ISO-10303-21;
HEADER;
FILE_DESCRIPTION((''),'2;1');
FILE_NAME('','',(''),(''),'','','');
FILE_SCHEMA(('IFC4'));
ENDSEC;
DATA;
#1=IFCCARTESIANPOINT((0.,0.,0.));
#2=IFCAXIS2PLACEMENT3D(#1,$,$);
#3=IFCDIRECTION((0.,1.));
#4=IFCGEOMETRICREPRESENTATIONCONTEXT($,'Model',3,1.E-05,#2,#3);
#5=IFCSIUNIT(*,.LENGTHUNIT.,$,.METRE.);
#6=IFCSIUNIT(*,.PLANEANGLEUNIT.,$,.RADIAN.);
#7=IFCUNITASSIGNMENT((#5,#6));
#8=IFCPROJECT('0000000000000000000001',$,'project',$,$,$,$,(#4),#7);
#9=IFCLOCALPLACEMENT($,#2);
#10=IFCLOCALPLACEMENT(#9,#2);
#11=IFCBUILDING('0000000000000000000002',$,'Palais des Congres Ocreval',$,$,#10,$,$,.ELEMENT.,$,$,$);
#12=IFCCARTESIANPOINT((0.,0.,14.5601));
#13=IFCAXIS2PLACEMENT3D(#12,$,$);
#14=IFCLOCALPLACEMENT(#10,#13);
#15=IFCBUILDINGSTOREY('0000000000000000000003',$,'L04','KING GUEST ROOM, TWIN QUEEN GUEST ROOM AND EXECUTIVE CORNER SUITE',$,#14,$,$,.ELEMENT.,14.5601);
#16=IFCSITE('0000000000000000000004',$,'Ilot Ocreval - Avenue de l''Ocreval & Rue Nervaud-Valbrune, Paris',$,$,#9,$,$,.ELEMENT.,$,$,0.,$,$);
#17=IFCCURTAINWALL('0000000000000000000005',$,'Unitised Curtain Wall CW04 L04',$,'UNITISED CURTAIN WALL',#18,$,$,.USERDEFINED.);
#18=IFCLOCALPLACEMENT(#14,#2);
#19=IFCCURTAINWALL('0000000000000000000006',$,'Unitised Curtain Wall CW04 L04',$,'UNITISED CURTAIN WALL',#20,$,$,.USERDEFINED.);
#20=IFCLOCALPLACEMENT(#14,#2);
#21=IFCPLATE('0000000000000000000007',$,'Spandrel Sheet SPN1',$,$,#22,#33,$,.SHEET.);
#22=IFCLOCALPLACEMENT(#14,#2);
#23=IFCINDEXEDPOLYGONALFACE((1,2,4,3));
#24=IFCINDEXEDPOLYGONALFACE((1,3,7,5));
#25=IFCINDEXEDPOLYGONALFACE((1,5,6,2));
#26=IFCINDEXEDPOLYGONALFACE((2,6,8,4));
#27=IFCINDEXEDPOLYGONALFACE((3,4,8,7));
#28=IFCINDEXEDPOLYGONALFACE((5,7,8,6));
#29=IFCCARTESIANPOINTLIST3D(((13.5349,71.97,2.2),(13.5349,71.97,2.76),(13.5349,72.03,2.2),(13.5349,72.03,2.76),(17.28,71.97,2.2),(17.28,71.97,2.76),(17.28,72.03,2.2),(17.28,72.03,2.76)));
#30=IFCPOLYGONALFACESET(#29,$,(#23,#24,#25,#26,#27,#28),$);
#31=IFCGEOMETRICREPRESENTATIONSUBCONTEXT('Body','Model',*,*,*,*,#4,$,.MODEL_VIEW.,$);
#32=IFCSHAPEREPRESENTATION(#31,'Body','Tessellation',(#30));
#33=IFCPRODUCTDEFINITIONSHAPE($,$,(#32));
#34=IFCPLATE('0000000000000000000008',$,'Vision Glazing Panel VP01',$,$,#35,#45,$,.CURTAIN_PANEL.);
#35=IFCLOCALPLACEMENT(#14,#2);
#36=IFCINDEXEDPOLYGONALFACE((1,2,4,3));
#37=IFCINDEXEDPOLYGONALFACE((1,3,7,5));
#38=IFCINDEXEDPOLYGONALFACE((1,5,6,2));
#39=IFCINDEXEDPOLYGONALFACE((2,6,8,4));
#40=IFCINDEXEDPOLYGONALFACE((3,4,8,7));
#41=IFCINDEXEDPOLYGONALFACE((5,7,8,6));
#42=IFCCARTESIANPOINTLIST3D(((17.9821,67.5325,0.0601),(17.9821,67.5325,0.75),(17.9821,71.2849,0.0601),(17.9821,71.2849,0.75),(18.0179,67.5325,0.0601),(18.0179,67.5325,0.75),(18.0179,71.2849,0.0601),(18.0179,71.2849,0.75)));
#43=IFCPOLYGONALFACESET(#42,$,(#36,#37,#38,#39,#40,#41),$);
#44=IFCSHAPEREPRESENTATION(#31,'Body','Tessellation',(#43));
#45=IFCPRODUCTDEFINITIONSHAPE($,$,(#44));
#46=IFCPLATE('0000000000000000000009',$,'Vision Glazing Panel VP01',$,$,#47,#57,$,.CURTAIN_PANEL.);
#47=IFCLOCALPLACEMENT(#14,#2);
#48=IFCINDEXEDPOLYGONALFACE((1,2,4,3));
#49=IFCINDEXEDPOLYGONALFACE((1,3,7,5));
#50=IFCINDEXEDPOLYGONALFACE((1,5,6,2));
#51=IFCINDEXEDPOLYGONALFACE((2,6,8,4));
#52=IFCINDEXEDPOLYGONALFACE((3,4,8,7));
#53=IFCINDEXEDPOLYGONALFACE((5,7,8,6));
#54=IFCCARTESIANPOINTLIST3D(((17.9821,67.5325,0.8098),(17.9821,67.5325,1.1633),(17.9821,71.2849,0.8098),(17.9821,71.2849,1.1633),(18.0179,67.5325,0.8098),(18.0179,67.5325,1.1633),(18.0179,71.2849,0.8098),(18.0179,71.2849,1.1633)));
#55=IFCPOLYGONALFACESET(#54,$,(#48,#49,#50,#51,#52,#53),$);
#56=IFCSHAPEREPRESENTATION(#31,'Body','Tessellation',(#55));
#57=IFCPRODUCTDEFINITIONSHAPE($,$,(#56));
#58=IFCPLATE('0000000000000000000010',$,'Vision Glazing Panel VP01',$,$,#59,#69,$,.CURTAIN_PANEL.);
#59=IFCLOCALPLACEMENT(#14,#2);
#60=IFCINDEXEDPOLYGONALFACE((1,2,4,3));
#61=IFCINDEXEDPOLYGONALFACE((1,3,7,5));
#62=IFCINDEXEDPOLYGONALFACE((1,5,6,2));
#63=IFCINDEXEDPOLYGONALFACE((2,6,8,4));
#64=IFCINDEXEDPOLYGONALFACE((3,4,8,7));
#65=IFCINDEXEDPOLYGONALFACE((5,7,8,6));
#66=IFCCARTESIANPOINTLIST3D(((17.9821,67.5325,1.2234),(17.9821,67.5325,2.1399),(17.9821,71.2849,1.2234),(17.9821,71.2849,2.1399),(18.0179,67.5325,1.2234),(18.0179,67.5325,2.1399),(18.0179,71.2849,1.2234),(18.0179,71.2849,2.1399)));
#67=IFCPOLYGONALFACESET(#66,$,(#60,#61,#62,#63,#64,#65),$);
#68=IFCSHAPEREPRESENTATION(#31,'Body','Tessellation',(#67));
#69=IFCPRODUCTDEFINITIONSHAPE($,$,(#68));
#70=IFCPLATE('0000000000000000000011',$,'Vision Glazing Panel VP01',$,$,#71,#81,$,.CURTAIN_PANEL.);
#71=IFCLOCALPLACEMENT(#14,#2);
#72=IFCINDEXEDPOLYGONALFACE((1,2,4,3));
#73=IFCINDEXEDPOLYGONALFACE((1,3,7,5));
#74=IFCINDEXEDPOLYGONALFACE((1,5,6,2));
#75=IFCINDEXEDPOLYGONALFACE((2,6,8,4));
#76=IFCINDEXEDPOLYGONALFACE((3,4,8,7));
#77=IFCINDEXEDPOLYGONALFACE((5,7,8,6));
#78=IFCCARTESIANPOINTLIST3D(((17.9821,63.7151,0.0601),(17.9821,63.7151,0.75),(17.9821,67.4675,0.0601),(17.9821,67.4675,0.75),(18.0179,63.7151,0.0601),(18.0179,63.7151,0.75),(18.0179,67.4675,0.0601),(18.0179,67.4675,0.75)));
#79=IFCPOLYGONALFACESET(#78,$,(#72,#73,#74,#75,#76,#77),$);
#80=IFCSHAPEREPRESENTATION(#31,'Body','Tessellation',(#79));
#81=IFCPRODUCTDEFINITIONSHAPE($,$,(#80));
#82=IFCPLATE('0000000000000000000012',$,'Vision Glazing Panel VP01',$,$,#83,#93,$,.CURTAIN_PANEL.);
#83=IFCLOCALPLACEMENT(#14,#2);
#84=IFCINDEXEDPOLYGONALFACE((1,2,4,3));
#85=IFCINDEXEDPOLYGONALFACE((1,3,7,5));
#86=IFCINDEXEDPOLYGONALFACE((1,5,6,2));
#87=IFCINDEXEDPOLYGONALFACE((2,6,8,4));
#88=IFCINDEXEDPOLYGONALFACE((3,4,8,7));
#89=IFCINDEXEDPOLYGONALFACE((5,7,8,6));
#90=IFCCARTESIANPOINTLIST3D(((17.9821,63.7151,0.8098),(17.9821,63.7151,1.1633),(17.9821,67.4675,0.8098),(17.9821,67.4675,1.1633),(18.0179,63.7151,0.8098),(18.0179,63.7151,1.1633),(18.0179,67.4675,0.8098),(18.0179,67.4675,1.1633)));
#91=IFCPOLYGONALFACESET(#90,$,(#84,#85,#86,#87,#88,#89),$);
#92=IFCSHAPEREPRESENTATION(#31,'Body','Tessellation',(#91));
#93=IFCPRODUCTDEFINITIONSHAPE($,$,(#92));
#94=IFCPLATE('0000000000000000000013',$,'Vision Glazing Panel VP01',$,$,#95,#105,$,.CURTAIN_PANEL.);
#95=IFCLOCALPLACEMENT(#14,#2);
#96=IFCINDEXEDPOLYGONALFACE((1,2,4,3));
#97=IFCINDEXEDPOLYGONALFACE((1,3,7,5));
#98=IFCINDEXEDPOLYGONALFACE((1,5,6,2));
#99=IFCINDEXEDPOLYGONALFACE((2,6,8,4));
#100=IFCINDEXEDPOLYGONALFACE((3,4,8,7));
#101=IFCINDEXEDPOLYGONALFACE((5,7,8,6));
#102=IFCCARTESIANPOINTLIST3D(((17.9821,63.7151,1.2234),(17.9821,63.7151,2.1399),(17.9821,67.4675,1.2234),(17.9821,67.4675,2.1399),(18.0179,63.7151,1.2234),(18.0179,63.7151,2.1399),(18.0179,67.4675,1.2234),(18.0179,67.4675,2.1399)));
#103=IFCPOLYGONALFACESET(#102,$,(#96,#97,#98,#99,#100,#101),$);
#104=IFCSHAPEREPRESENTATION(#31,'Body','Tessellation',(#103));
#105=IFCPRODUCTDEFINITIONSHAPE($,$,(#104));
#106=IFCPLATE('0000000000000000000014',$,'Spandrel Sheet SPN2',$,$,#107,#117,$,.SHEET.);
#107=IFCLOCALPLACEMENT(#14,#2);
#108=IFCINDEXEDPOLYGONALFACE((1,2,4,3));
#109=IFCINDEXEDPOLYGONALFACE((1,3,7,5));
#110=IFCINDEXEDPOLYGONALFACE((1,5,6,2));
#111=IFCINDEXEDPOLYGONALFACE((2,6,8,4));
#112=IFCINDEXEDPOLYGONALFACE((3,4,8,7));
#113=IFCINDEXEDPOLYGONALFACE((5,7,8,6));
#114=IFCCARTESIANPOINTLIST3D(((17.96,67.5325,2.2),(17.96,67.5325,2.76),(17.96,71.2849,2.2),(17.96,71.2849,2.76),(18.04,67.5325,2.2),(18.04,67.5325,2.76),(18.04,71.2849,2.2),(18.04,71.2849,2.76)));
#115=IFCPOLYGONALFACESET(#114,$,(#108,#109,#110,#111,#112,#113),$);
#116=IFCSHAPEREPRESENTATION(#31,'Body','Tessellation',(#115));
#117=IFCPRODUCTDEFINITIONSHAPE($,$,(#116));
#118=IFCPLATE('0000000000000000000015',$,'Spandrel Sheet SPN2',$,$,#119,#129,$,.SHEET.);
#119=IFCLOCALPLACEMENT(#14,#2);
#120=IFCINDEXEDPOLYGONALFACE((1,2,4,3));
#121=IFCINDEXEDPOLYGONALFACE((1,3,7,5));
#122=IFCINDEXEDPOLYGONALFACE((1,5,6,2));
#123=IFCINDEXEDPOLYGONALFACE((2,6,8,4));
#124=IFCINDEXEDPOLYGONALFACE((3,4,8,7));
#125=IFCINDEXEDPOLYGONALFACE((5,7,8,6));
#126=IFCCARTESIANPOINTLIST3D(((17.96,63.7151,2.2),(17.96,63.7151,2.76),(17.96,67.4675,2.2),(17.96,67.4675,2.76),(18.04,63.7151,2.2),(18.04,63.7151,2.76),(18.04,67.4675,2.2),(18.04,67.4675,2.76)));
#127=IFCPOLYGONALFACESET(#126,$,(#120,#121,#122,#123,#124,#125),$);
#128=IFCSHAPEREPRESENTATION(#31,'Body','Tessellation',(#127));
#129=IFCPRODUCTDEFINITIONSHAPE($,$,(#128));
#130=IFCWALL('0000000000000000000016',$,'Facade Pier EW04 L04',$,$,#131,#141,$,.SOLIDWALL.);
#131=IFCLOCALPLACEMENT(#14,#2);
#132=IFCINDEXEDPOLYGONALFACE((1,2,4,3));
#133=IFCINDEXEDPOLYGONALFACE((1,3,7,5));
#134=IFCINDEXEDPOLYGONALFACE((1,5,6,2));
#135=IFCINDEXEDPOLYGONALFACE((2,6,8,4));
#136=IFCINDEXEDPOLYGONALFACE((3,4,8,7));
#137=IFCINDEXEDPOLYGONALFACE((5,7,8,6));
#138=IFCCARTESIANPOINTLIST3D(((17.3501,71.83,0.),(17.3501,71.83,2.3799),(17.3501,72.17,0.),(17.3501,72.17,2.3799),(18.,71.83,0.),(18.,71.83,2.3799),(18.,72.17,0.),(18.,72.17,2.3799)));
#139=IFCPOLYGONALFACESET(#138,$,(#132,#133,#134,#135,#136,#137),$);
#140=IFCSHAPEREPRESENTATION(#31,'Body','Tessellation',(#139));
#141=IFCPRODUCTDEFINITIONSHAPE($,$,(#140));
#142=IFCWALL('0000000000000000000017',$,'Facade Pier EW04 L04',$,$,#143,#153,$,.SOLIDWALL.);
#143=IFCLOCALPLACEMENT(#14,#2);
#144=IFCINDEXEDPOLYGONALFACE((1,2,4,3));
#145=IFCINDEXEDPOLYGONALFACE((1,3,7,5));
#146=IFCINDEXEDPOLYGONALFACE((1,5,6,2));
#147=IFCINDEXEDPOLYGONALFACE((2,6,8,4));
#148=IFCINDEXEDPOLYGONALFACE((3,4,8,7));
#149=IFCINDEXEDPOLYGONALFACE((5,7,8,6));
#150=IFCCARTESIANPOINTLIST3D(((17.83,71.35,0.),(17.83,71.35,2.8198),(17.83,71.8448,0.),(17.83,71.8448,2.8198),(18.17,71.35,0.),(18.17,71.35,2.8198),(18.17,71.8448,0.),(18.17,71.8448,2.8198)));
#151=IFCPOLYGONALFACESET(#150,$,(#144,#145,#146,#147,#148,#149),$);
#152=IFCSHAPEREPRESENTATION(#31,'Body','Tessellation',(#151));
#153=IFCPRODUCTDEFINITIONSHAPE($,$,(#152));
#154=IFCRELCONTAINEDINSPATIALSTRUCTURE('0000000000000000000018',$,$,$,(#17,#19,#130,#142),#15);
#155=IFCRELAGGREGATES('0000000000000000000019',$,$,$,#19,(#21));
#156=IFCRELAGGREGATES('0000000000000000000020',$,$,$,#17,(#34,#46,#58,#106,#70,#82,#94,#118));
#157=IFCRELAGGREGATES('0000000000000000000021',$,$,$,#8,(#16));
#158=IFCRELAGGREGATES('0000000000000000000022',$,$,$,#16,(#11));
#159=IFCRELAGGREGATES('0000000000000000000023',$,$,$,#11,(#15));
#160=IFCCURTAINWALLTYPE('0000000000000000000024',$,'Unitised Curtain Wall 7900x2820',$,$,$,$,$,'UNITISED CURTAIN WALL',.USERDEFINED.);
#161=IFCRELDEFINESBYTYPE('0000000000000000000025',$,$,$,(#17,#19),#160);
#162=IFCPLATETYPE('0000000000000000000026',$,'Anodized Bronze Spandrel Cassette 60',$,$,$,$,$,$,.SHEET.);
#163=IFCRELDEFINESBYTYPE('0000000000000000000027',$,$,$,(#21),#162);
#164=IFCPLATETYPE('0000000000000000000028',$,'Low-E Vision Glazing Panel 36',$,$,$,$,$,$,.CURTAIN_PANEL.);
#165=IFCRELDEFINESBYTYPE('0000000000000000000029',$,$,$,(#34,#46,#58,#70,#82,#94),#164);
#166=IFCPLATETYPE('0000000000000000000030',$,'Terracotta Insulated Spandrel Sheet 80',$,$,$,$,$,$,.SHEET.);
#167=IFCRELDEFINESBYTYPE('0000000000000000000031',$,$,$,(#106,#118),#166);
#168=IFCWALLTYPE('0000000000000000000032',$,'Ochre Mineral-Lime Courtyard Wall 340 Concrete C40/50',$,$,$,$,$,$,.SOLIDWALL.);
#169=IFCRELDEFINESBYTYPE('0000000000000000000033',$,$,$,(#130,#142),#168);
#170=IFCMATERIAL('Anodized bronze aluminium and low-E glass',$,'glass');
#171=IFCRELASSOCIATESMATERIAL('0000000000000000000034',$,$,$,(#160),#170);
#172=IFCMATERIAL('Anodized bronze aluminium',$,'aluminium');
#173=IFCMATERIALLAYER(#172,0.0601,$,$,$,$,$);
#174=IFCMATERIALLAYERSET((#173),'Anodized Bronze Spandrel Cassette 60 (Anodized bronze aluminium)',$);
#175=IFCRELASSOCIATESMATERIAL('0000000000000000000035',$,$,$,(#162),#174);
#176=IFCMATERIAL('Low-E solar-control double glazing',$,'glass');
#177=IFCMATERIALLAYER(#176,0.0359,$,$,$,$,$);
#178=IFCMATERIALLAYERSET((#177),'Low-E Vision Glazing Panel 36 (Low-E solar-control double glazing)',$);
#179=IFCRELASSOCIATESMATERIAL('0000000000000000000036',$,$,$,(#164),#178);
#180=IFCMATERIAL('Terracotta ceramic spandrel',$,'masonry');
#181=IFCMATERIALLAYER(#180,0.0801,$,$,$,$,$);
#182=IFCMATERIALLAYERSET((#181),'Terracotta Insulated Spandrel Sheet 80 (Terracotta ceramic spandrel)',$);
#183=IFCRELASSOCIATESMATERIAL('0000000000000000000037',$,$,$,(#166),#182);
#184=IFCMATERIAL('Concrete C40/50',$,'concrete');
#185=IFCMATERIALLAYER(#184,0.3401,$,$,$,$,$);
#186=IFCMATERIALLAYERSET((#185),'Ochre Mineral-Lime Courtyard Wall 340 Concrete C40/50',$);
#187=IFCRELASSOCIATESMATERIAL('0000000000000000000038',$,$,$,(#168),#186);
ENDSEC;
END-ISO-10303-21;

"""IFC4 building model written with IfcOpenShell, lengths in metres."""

from ifc_helpers import new_model, si_unit, direction, frame, frame_2d, origin, origin_2d, place, context, subcontext, project, spatial, rectangle, extrude, material, layer, layer_set, type_object, element, aggregate, save


model = new_model("IFC4")

# Units and contexts
model_context = context("Model", 3, precision=1e-05, world=origin(), true_north=direction((0.0, 1.0)))
body_context = subcontext(model_context, "Body", "Model", "MODEL_VIEW")
ifc_project = project(units=[si_unit("LENGTHUNIT", "METRE"), si_unit("PLANEANGLEUNIT", "RADIAN")], contexts=[model_context])

# Site, building, storey
site_placement = place(None, origin())
site = spatial("IfcSite", under=ifc_project, at=site_placement, Name="Ilot Ocreval - Avenue de l'Ocreval & Rue Nervaud-Valbrune, Paris", CompositionType="ELEMENT", RefElevation=0.0)
building_placement = place(site_placement, origin())
building = spatial("IfcBuilding", under=site, at=building_placement, Name="Palais des Congres Ocreval", CompositionType="ELEMENT")
storey_placement = place(building_placement, frame((0.0, 0.0, 14.5601)))
storey = spatial("IfcBuildingStorey", under=building, at=storey_placement, Name="L04", Description="KING GUEST ROOM, TWIN QUEEN GUEST ROOM AND EXECUTIVE CORNER SUITE", CompositionType="ELEMENT", Elevation=14.5601)

# Shared definitions
ifc_material_1 = material(Name="Concrete C40/50", Category="concrete")

# Curtain wall
ifc_material_2 = material(Name="Anodized bronze aluminium and low-E glass", Category="glass")
curtain_wall_type = type_object("IfcCurtainWallType", Name="Unitised Curtain Wall 7900x2820", ElementType="UNITISED CURTAIN WALL", PredefinedType="USERDEFINED", material=ifc_material_2)
curtain_wall_1_placement = place(storey_placement, origin())
curtain_wall_1 = element("IfcCurtainWall", 1, at=curtain_wall_1_placement, inside=storey, type_object=curtain_wall_type, Name="Unitised Curtain Wall CW04 L04", ObjectType="UNITISED CURTAIN WALL", PredefinedType="USERDEFINED")
ifc_material_3 = material(Name="Anodized bronze aluminium", Category="aluminium")

# Curtain wall
curtain_wall_2_placement = place(storey_placement, origin())
curtain_wall_2 = element("IfcCurtainWall", 2, at=curtain_wall_2_placement, inside=storey, type_object=curtain_wall_type, Name="Unitised Curtain Wall CW04 L04", ObjectType="UNITISED CURTAIN WALL", PredefinedType="USERDEFINED")

# Plates
ifc_layer_1 = layer(ifc_material_3, 0.0601)
ifc_layer_set_1 = layer_set([ifc_layer_1], Name="Anodized Bronze Spandrel Cassette 60 (Anodized bronze aluminium)")
plate_type_1 = type_object("IfcPlateType", Name="Anodized Bronze Spandrel Cassette 60", PredefinedType="SHEET", material=ifc_layer_set_1)
plate_1_placement = place(storey_placement, frame((15.4075, 72.0, 2.2), z_axis=(0.0, 0.0, 1.0), x_axis=(1.0, 0.0, 0.0)))
plate_1 = element("IfcPlate", 3, at=plate_1_placement, type_object=plate_type_1, Name="Spandrel Sheet SPN1", PredefinedType="SHEET", context=body_context, shape_type="SweptSolid", body=[
    extrude(rectangle(XDim=3.7451, YDim=0.0601, at=origin_2d()), origin(), (0.0, 0.0, 1.0), 0.5601),
])
aggregate(curtain_wall_2, [plate_1])
ifc_material_4 = material(Name="Low-E solar-control double glazing", Category="glass")
ifc_layer_2 = layer(ifc_material_4, 0.0359)
ifc_layer_set_2 = layer_set([ifc_layer_2], Name="Low-E Vision Glazing Panel 36 (Low-E solar-control double glazing)")
plate_type_2 = type_object("IfcPlateType", Name="Low-E Vision Glazing Panel 36", PredefinedType="CURTAIN_PANEL", material=ifc_layer_set_2)
plate_2_placement = place(storey_placement, frame((18.0, 69.4087, 0.0601), z_axis=(0.0, 0.0, 1.0), x_axis=(0.0, -1.0, 0.0)))
plate_2 = element("IfcPlate", 4, at=plate_2_placement, type_object=plate_type_2, Name="Vision Glazing Panel VP01", PredefinedType="CURTAIN_PANEL", context=body_context, shape_type="SweptSolid", body=[
    extrude(rectangle(XDim=3.7524, YDim=0.0359, at=origin_2d()), origin(), (0.0, 0.0, 1.0), 0.6899),
])
plate_3_placement = place(storey_placement, frame((18.0, 69.4087, 0.8098), z_axis=(0.0, 0.0, 1.0), x_axis=(0.0, -1.0, 0.0)))
plate_3 = element("IfcPlate", 5, at=plate_3_placement, type_object=plate_type_2, Name="Vision Glazing Panel VP01", PredefinedType="CURTAIN_PANEL", context=body_context, shape_type="SweptSolid", body=[
    extrude(rectangle(XDim=3.7524, YDim=0.0359, at=origin_2d()), origin(), (0.0, 0.0, 1.0), 0.3535),
])
plate_4_placement = place(storey_placement, frame((18.0, 69.4087, 1.2234), z_axis=(0.0, 0.0, 1.0), x_axis=(0.0, -1.0, 0.0)))
plate_4 = element("IfcPlate", 6, at=plate_4_placement, type_object=plate_type_2, Name="Vision Glazing Panel VP01", PredefinedType="CURTAIN_PANEL", context=body_context, shape_type="SweptSolid", body=[
    extrude(rectangle(XDim=3.7524, YDim=0.0359, at=origin_2d()), origin(), (0.0, 0.0, 1.0), 0.9165),
])
plate_5_placement = place(storey_placement, frame((18.0, 65.5913, 0.0601), z_axis=(0.0, 0.0, 1.0), x_axis=(0.0, -1.0, 0.0)))
plate_5 = element("IfcPlate", 7, at=plate_5_placement, type_object=plate_type_2, Name="Vision Glazing Panel VP01", PredefinedType="CURTAIN_PANEL", context=body_context, shape_type="SweptSolid", body=[
    extrude(rectangle(XDim=3.7524, YDim=0.0359, at=origin_2d()), origin(), (0.0, 0.0, 1.0), 0.6899),
])
plate_6_placement = place(storey_placement, frame((18.0, 65.5913, 0.8098), z_axis=(0.0, 0.0, 1.0), x_axis=(0.0, -1.0, 0.0)))
plate_6 = element("IfcPlate", 8, at=plate_6_placement, type_object=plate_type_2, Name="Vision Glazing Panel VP01", PredefinedType="CURTAIN_PANEL", context=body_context, shape_type="SweptSolid", body=[
    extrude(rectangle(XDim=3.7524, YDim=0.0359, at=origin_2d()), origin(), (0.0, 0.0, 1.0), 0.3535),
])
plate_7_placement = place(storey_placement, frame((18.0, 65.5913, 1.2234), z_axis=(0.0, 0.0, 1.0), x_axis=(0.0, -1.0, 0.0)))
plate_7 = element("IfcPlate", 9, at=plate_7_placement, type_object=plate_type_2, Name="Vision Glazing Panel VP01", PredefinedType="CURTAIN_PANEL", context=body_context, shape_type="SweptSolid", body=[
    extrude(rectangle(XDim=3.7524, YDim=0.0359, at=origin_2d()), origin(), (0.0, 0.0, 1.0), 0.9165),
])
ifc_material_5 = material(Name="Terracotta ceramic spandrel", Category="masonry")
ifc_layer_3 = layer(ifc_material_5, 0.0801)
ifc_layer_set_3 = layer_set([ifc_layer_3], Name="Terracotta Insulated Spandrel Sheet 80 (Terracotta ceramic spandrel)")
plate_type_3 = type_object("IfcPlateType", Name="Terracotta Insulated Spandrel Sheet 80", PredefinedType="SHEET", material=ifc_layer_set_3)
plate_8_placement = place(storey_placement, frame((18.0, 69.4087, 2.2), z_axis=(0.0, 0.0, 1.0), x_axis=(0.0, -1.0, 0.0)))
plate_8 = element("IfcPlate", 10, at=plate_8_placement, type_object=plate_type_3, Name="Spandrel Sheet SPN2", PredefinedType="SHEET", context=body_context, shape_type="SweptSolid", body=[
    extrude(rectangle(XDim=3.7524, YDim=0.0801, at=origin_2d()), origin(), (0.0, 0.0, 1.0), 0.5601),
])
plate_9_placement = place(storey_placement, frame((18.0, 65.5913, 2.2), z_axis=(0.0, 0.0, 1.0), x_axis=(0.0, -1.0, 0.0)))
plate_9 = element("IfcPlate", 11, at=plate_9_placement, type_object=plate_type_3, Name="Spandrel Sheet SPN2", PredefinedType="SHEET", context=body_context, shape_type="SweptSolid", body=[
    extrude(rectangle(XDim=3.7524, YDim=0.0801, at=origin_2d()), origin(), (0.0, 0.0, 1.0), 0.5601),
])
aggregate(curtain_wall_1, [plate_2, plate_3, plate_4, plate_8, plate_5, plate_6, plate_7, plate_9])

# Walls
ifc_layer_4 = layer(ifc_material_1, 0.3401)
ifc_layer_set_4 = layer_set([ifc_layer_4], Name="Ochre Mineral-Lime Courtyard Wall 340 Concrete C40/50")
wall_type = type_object("IfcWallType", Name="Ochre Mineral-Lime Courtyard Wall 340 Concrete C40/50", PredefinedType="SOLIDWALL", material=ifc_layer_set_4)
wall_1_placement = place(storey_placement, frame((17.3501, 72.0, 0.0), z_axis=(0.0, 0.0, 1.0), x_axis=(1.0, 0.0, 0.0)))
element("IfcWall", 12, at=wall_1_placement, inside=storey, type_object=wall_type, Name="Facade Pier EW04 L04", PredefinedType="SOLIDWALL", context=body_context, shape_type="SweptSolid", body=[
    extrude(rectangle(XDim=0.6499, YDim=0.3401, at=frame_2d((0.325, 0.0))), origin(), (0.0, 0.0, 1.0), 2.3799),
])
wall_2_placement = place(storey_placement, frame((18.0, 71.845, 0.0), z_axis=(0.0, 0.0, 1.0), x_axis=(0.0, -1.0, 0.0)))
element("IfcWall", 13, at=wall_2_placement, inside=storey, type_object=wall_type, Name="Facade Pier EW04 L04", PredefinedType="SOLIDWALL", context=body_context, shape_type="SweptSolid", body=[
    extrude(rectangle(XDim=0.4949, YDim=0.3401, at=frame_2d((0.2476, 0.0))), origin(), (0.0, 0.0, 1.0), 2.8198),
])

save(model, "model.ifc")
